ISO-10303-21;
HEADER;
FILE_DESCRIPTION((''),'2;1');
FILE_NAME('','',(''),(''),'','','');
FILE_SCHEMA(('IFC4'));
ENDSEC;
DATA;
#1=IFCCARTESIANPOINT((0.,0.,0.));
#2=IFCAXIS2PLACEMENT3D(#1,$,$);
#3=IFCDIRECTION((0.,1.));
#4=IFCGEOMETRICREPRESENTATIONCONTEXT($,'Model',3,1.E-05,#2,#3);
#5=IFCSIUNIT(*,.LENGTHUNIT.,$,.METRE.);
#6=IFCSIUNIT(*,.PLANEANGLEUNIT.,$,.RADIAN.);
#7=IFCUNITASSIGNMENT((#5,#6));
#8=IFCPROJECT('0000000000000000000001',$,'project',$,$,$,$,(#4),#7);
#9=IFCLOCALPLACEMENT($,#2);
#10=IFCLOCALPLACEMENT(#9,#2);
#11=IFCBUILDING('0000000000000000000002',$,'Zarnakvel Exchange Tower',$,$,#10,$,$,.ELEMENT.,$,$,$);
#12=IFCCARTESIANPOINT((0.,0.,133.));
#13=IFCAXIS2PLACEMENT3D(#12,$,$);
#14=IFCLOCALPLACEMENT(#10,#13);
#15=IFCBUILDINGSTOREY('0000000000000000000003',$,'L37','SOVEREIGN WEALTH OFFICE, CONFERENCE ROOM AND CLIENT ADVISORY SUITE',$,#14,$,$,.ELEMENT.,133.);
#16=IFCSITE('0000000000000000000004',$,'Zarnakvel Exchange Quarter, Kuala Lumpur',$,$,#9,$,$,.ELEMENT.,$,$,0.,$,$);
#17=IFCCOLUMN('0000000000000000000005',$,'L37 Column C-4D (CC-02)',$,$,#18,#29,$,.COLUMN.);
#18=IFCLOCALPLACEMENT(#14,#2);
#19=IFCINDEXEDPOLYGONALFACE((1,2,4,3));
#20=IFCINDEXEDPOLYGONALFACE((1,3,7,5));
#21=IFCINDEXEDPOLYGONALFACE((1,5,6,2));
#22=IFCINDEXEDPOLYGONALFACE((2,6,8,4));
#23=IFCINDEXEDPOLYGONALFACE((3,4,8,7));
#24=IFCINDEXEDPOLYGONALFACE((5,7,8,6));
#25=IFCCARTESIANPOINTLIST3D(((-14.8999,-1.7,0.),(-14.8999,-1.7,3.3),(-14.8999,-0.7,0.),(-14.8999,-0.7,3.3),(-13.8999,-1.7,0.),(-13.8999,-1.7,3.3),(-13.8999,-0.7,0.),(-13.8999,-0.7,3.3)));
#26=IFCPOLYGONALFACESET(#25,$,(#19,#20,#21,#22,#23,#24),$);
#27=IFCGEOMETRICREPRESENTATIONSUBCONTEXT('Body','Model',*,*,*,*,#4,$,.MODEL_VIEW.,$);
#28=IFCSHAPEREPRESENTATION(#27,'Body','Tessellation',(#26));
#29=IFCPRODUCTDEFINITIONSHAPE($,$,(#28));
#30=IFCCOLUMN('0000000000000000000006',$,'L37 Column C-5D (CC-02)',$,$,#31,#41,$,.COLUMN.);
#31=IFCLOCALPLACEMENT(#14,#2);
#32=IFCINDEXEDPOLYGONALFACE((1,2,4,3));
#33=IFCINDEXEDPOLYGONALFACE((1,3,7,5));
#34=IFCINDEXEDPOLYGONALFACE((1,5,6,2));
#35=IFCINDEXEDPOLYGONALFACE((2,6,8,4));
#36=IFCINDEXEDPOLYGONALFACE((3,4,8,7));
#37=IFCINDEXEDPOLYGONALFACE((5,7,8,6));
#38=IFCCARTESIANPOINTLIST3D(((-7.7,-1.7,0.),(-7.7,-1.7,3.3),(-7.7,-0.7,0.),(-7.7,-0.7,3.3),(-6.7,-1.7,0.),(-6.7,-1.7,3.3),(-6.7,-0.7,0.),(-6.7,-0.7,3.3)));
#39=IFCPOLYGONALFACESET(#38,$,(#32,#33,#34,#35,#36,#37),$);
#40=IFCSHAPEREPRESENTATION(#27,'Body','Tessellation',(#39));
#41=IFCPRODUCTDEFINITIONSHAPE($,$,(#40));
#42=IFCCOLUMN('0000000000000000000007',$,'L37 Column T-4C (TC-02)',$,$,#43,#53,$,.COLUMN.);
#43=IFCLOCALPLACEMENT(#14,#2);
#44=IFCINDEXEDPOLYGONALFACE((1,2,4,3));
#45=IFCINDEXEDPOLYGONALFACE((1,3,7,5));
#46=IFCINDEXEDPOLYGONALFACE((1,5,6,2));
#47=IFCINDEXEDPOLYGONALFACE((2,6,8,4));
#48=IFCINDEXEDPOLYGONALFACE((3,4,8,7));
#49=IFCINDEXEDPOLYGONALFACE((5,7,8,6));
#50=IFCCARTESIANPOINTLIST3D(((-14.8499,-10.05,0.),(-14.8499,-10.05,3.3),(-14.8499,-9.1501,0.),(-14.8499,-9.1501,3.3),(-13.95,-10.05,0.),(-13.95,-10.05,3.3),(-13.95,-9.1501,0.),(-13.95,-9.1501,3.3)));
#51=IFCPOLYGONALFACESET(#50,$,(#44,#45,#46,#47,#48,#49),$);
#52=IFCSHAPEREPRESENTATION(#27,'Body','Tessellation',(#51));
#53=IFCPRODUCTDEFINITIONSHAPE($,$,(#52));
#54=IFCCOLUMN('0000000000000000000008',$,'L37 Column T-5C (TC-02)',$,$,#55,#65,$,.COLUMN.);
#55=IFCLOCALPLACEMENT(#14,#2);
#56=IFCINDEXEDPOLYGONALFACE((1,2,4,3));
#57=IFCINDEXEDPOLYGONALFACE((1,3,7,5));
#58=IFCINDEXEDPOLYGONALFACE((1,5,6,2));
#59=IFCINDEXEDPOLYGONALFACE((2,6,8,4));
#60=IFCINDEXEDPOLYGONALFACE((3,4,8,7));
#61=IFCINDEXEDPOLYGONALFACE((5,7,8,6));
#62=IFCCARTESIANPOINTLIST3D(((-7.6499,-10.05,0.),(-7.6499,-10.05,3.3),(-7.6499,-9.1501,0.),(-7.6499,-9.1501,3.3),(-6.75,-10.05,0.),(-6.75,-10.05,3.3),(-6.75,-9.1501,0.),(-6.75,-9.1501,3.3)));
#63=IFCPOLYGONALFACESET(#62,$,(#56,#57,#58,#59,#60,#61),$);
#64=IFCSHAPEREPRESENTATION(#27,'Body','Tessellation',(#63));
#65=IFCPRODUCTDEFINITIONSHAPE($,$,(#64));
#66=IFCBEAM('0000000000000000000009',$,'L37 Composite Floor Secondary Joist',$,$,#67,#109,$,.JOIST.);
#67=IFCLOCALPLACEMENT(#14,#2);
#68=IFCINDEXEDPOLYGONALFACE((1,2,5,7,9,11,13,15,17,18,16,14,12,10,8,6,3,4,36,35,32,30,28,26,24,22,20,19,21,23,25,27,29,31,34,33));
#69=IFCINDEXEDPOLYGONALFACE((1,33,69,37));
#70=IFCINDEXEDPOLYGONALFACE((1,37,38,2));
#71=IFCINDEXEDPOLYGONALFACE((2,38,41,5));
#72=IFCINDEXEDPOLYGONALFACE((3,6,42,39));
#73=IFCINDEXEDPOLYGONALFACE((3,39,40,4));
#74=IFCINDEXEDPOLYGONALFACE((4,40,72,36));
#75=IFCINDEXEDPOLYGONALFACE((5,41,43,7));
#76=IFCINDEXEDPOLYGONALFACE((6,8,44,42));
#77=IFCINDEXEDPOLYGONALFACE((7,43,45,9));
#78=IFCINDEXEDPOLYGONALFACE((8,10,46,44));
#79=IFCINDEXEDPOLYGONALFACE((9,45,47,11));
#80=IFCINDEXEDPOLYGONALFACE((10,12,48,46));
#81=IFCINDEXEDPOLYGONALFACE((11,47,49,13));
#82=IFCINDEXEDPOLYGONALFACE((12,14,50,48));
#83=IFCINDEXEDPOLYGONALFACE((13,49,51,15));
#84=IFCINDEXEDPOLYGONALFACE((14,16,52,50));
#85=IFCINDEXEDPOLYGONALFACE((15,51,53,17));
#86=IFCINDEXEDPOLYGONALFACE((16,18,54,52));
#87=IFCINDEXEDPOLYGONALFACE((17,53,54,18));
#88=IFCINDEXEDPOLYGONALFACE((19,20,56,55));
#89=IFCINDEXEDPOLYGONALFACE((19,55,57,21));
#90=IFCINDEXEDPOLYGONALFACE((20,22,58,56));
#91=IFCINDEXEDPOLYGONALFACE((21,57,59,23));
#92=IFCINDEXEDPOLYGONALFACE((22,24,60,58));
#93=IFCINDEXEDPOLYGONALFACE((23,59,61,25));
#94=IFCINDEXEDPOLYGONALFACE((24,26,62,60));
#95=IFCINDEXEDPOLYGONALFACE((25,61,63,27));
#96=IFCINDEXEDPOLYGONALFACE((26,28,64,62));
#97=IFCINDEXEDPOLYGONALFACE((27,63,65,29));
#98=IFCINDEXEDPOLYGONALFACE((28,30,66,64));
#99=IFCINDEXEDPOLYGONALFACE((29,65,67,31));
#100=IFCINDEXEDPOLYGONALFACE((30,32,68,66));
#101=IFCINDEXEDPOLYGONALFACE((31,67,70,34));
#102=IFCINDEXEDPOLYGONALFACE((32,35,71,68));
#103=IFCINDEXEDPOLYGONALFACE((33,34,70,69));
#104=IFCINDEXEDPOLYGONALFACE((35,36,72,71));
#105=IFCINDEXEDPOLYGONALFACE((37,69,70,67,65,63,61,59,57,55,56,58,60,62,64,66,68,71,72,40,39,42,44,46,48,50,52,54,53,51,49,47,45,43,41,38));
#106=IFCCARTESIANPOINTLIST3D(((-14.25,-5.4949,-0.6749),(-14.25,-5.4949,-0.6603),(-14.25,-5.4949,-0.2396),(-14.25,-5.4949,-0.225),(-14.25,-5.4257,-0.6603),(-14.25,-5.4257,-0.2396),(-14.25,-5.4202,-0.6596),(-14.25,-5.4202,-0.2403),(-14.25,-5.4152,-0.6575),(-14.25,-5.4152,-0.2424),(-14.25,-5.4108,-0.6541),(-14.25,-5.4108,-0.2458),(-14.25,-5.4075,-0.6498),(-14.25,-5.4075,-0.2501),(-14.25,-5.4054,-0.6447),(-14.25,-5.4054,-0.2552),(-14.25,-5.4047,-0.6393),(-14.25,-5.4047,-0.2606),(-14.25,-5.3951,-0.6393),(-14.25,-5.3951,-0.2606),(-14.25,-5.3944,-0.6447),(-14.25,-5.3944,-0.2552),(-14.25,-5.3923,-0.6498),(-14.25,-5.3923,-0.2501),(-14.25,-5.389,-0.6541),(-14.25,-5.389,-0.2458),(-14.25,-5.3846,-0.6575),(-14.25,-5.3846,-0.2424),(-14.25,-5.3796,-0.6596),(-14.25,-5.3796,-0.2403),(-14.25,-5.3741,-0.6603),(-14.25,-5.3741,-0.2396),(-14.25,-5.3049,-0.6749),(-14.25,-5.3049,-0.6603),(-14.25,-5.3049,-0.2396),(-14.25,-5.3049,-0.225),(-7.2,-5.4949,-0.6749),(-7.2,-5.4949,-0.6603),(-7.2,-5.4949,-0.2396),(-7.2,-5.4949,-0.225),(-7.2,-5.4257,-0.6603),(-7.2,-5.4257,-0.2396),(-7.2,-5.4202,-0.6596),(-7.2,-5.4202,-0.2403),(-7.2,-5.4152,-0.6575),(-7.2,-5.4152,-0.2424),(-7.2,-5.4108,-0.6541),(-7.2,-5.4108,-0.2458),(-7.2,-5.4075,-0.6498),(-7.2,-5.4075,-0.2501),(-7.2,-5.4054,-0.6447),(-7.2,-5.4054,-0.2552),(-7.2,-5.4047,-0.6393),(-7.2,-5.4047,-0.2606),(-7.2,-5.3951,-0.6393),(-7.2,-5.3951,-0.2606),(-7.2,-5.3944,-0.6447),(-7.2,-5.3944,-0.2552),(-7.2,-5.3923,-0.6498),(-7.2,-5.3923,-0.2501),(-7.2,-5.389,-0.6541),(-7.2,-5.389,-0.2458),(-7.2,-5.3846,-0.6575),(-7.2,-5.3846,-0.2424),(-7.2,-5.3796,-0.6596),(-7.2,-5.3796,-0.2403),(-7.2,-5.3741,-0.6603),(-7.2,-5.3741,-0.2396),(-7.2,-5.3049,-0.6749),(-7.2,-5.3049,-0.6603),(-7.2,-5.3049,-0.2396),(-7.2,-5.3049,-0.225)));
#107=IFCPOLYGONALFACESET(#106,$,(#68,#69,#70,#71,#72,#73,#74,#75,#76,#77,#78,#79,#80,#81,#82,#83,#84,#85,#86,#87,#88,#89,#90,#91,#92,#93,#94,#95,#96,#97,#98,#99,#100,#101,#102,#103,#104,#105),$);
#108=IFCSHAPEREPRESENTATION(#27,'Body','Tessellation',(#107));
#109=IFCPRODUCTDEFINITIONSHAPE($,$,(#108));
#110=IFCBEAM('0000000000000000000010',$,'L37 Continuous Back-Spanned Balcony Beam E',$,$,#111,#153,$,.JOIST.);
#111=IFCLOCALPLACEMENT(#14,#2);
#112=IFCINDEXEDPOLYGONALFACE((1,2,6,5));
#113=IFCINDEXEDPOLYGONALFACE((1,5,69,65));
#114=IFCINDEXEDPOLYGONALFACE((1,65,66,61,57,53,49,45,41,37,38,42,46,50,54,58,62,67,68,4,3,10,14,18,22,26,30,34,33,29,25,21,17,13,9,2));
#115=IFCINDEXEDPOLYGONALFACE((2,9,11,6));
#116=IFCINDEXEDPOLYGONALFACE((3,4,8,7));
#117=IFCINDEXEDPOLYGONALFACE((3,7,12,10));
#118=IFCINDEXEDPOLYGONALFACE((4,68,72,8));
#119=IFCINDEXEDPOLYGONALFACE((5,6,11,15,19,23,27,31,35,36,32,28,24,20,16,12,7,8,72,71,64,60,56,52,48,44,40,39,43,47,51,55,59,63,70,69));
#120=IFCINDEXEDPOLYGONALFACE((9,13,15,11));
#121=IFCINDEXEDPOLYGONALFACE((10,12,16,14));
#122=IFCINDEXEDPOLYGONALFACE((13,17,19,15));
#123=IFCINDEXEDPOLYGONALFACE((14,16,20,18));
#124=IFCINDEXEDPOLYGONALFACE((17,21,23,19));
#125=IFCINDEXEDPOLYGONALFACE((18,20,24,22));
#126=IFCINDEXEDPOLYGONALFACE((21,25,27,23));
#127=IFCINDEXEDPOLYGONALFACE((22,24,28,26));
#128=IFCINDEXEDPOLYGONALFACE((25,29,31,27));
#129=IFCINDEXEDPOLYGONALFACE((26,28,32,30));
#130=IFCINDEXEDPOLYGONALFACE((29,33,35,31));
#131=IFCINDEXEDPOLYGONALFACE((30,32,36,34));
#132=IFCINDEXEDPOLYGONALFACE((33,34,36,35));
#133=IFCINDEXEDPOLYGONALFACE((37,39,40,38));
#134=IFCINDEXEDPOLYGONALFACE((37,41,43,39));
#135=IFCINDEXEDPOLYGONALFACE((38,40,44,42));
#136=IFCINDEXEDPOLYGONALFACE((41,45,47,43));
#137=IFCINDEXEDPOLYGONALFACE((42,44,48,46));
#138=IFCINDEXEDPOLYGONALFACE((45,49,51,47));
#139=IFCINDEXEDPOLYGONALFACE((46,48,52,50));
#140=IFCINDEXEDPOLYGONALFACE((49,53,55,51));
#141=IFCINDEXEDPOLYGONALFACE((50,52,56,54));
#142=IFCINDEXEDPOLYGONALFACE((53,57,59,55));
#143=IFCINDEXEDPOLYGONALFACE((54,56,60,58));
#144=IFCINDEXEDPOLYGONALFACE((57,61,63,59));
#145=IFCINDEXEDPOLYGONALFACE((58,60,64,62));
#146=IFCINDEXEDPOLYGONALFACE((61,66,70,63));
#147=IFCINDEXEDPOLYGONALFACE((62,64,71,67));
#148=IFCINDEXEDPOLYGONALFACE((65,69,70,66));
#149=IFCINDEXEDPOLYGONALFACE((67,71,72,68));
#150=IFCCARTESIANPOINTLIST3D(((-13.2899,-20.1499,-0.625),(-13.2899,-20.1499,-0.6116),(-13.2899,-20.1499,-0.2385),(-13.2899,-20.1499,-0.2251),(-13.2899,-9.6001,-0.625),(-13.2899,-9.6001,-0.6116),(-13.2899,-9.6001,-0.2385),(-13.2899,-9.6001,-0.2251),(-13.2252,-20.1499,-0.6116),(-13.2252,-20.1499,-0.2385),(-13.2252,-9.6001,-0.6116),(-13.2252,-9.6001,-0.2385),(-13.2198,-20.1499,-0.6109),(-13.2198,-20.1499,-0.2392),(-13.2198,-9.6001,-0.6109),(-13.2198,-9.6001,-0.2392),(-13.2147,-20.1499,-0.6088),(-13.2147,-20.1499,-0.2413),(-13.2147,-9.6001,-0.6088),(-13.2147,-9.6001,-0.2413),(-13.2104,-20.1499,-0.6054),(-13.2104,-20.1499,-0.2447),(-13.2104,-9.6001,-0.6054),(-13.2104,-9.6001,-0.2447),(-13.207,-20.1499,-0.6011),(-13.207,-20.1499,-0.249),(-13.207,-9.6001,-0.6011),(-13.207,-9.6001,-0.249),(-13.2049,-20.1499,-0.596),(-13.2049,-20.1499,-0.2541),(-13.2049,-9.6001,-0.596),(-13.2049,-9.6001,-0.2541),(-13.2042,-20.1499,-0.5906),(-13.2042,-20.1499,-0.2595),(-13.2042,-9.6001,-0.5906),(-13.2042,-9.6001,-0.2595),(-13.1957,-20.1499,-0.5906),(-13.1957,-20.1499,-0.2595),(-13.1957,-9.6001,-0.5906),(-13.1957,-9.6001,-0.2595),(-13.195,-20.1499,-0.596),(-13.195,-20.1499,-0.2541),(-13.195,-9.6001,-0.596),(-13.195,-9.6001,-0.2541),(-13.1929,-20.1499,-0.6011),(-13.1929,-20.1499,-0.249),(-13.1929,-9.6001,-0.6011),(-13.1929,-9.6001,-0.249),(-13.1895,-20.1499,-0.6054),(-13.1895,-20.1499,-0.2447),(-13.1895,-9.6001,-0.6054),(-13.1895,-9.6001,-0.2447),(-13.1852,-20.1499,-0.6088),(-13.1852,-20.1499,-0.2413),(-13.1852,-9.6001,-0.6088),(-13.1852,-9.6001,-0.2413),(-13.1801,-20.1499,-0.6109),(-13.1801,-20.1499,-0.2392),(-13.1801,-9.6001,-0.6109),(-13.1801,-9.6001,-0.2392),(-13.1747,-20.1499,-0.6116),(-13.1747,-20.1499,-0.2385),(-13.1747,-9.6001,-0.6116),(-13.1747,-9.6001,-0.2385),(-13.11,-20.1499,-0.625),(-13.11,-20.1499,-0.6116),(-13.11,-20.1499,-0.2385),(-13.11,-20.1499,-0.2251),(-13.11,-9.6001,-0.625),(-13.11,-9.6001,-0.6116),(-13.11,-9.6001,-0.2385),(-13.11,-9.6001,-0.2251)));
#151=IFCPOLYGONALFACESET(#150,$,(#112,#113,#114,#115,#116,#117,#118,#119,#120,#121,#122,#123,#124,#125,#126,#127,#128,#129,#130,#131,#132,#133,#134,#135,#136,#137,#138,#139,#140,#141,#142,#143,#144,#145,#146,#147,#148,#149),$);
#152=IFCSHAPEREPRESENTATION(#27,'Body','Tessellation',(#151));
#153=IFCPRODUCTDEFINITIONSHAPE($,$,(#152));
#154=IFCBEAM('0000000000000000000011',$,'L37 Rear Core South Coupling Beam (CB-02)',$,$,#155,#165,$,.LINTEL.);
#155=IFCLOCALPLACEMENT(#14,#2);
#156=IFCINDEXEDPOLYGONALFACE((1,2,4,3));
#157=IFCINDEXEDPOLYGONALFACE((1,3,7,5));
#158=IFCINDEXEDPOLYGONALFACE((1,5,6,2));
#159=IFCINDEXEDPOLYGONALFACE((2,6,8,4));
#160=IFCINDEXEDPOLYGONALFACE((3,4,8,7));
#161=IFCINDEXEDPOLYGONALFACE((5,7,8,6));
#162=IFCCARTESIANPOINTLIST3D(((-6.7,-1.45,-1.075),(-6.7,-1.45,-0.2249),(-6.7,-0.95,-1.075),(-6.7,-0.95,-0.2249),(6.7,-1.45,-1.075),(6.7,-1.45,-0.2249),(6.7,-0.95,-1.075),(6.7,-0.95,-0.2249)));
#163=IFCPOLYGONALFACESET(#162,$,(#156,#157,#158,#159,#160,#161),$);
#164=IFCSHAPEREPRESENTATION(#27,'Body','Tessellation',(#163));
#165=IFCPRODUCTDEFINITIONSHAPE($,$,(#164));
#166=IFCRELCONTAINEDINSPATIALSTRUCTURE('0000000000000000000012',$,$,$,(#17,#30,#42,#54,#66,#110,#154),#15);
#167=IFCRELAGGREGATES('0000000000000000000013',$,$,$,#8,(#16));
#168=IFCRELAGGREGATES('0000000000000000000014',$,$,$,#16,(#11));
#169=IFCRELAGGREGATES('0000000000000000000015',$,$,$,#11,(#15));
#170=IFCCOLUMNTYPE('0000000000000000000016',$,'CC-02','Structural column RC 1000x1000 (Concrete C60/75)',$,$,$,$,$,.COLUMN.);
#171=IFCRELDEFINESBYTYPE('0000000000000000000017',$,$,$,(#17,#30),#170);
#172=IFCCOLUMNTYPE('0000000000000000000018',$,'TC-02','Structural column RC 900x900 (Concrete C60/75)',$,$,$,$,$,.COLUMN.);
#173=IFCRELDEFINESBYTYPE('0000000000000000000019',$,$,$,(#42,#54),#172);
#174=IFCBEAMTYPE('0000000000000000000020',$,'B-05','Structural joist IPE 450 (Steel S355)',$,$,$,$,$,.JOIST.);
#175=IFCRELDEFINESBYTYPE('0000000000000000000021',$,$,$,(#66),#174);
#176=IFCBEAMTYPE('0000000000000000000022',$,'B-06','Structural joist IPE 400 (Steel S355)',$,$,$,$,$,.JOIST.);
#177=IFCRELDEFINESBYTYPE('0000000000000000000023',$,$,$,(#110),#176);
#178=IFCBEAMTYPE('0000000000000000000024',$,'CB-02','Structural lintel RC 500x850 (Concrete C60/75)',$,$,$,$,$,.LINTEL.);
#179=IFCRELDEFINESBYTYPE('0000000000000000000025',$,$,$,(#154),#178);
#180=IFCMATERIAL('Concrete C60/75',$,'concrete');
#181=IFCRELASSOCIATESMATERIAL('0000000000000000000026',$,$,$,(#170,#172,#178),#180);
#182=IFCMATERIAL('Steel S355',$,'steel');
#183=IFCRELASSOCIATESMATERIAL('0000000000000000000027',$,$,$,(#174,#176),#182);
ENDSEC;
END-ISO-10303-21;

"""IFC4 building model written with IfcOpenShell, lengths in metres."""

from ifc_helpers import new_model, si_unit, direction, frame, origin, origin_2d, place, context, subcontext, project, spatial, rectangle, i_section, extrude, material, material_profile, profile_set, type_object, element, save


model = new_model("IFC4")

# Units and contexts
model_context = context("Model", 3, precision=1e-05, world=origin(), true_north=direction((0.0, 1.0)))
body_context = subcontext(model_context, "Body", "Model", "MODEL_VIEW")
ifc_project = project(units=[si_unit("LENGTHUNIT", "METRE"), si_unit("PLANEANGLEUNIT", "RADIAN")], contexts=[model_context])

# Site, building, storey
site_placement = place(None, origin())
site = spatial("IfcSite", under=ifc_project, at=site_placement, Name="Zarnakvel Exchange Quarter, Kuala Lumpur", CompositionType="ELEMENT", RefElevation=0.0)
building_placement = place(site_placement, origin())
building = spatial("IfcBuilding", under=site, at=building_placement, Name="Zarnakvel Exchange Tower", CompositionType="ELEMENT")
storey_placement = place(building_placement, frame((0.0, 0.0, 133.0)))
storey = spatial("IfcBuildingStorey", under=building, at=storey_placement, Name="L37", Description="SOVEREIGN WEALTH OFFICE, CONFERENCE ROOM AND CLIENT ADVISORY SUITE", CompositionType="ELEMENT", Elevation=133.0)

# Columns
ifc_material_1 = material(Name="Concrete C60/75", Category="concrete")
ifc_material_profile_1 = material_profile(ifc_material_1, rectangle(XDim=1.0, YDim=1.0, at=origin_2d()))
ifc_profile_set_1 = profile_set([ifc_material_profile_1], Name="Concrete C60/75")
column_type_1 = type_object("IfcColumnType", Name="CC-02", Description="Structural column RC 1000x1000 (Concrete C60/75)", PredefinedType="COLUMN", material=ifc_profile_set_1)
for number, where, z_axis, x_axis, name in (
    (1, (-14.3999, -1.2, 0.0), (0.0, 0.0, 1.0), (1.0, 0.0, 0.0), "L37 Column C-4D (CC-02)"),
    (2, (-7.2, -1.2, 0.0), (0.0, 0.0, 1.0), (1.0, 0.0, 0.0), "L37 Column C-5D (CC-02)"),
):
    element("IfcColumn", number, at=place(storey_placement, frame(where, z_axis=z_axis, x_axis=x_axis)), inside=storey, type_object=column_type_1, Name=name, PredefinedType="COLUMN", context=body_context, shape_type="SweptSolid", body=[
        extrude(rectangle(XDim=1.0, YDim=1.0, at=origin_2d()), origin(), (0.0, 0.0, 1.0), 3.3),
    ])
ifc_material_profile_2 = material_profile(ifc_material_1, rectangle(XDim=0.8999, YDim=0.8999, at=origin_2d()))
ifc_profile_set_2 = profile_set([ifc_material_profile_2], Name="Concrete C60/75")
column_type_2 = type_object("IfcColumnType", Name="TC-02", Description="Structural column RC 900x900 (Concrete C60/75)", PredefinedType="COLUMN", material=ifc_profile_set_2)
for number, where, z_axis, x_axis, name in (
    (3, (-14.3999, -9.6001, 0.0), (0.0, 0.0, 1.0), (1.0, 0.0, 0.0), "L37 Column T-4C (TC-02)"),
    (4, (-7.2, -9.6001, 0.0), (0.0, 0.0, 1.0), (1.0, 0.0, 0.0), "L37 Column T-5C (TC-02)"),
):
    element("IfcColumn", number, at=place(storey_placement, frame(where, z_axis=z_axis, x_axis=x_axis)), inside=storey, type_object=column_type_2, Name=name, PredefinedType="COLUMN", context=body_context, shape_type="SweptSolid", body=[
        extrude(rectangle(XDim=0.8999, YDim=0.8999, at=origin_2d()), origin(), (0.0, 0.0, 1.0), 3.3),
    ])

# Beams
ifc_material_2 = material(Name="Steel S355", Category="steel")
ifc_material_profile_3 = material_profile(ifc_material_2, i_section(OverallWidth=0.1899, OverallDepth=0.45, WebThickness=0.0095, FlangeThickness=0.0146, FilletRadius=0.021, at=origin_2d()))
ifc_profile_set_3 = profile_set([ifc_material_profile_3], Name="Steel S355")
beam_type_1 = type_object("IfcBeamType", Name="B-05", Description="Structural joist IPE 450 (Steel S355)", PredefinedType="JOIST", material=ifc_profile_set_3)
beam_1_placement = place(storey_placement, frame((-14.25, -5.3999, -0.45), z_axis=(1.0, 0.0, 0.0), x_axis=(0.0, 1.0, 0.0)))
element("IfcBeam", 5, at=beam_1_placement, inside=storey, type_object=beam_type_1, Name="L37 Composite Floor Secondary Joist", PredefinedType="JOIST", context=body_context, shape_type="SweptSolid", body=[
    extrude(i_section(OverallWidth=0.1899, OverallDepth=0.45, WebThickness=0.0095, FlangeThickness=0.0146, FilletRadius=0.021, at=origin_2d()), origin(), (0.0, 0.0, 1.0), 7.05),
])
ifc_material_profile_4 = material_profile(ifc_material_2, i_section(OverallWidth=0.1799, OverallDepth=0.3999, WebThickness=0.0085, FlangeThickness=0.0134, FilletRadius=0.021, at=origin_2d()))
ifc_profile_set_4 = profile_set([ifc_material_profile_4], Name="Steel S355")
beam_type_2 = type_object("IfcBeamType", Name="B-06", Description="Structural joist IPE 400 (Steel S355)", PredefinedType="JOIST", material=ifc_profile_set_4)
beam_2_placement = place(storey_placement, frame((-13.2, -9.6001, -0.425), z_axis=(0.0, -1.0, 0.0), x_axis=(1.0, 0.0, 0.0)))
element("IfcBeam", 6, at=beam_2_placement, inside=storey, type_object=beam_type_2, Name="L37 Continuous Back-Spanned Balcony Beam E", PredefinedType="JOIST", context=body_context, shape_type="SweptSolid", body=[
    extrude(i_section(OverallWidth=0.1799, OverallDepth=0.3999, WebThickness=0.0085, FlangeThickness=0.0134, FilletRadius=0.021, at=origin_2d()), origin(), (0.0, 0.0, 1.0), 10.5498),
])
ifc_material_profile_5 = material_profile(ifc_material_1, rectangle(XDim=0.5, YDim=0.8501, at=origin_2d()))
ifc_profile_set_5 = profile_set([ifc_material_profile_5], Name="Concrete C60/75")
beam_type_3 = type_object("IfcBeamType", Name="CB-02", Description="Structural lintel RC 500x850 (Concrete C60/75)", PredefinedType="LINTEL", material=ifc_profile_set_5)
beam_3_placement = place(storey_placement, frame((-6.7, -1.2, -0.6499), z_axis=(1.0, 0.0, 0.0), x_axis=(0.0, 1.0, 0.0)))
element("IfcBeam", 7, at=beam_3_placement, inside=storey, type_object=beam_type_3, Name="L37 Rear Core South Coupling Beam (CB-02)", PredefinedType="LINTEL", context=body_context, shape_type="SweptSolid", body=[
    extrude(rectangle(XDim=0.5, YDim=0.8501, at=origin_2d()), origin(), (0.0, 0.0, 1.0), 13.3999),
])

save(model, "model.ifc")
